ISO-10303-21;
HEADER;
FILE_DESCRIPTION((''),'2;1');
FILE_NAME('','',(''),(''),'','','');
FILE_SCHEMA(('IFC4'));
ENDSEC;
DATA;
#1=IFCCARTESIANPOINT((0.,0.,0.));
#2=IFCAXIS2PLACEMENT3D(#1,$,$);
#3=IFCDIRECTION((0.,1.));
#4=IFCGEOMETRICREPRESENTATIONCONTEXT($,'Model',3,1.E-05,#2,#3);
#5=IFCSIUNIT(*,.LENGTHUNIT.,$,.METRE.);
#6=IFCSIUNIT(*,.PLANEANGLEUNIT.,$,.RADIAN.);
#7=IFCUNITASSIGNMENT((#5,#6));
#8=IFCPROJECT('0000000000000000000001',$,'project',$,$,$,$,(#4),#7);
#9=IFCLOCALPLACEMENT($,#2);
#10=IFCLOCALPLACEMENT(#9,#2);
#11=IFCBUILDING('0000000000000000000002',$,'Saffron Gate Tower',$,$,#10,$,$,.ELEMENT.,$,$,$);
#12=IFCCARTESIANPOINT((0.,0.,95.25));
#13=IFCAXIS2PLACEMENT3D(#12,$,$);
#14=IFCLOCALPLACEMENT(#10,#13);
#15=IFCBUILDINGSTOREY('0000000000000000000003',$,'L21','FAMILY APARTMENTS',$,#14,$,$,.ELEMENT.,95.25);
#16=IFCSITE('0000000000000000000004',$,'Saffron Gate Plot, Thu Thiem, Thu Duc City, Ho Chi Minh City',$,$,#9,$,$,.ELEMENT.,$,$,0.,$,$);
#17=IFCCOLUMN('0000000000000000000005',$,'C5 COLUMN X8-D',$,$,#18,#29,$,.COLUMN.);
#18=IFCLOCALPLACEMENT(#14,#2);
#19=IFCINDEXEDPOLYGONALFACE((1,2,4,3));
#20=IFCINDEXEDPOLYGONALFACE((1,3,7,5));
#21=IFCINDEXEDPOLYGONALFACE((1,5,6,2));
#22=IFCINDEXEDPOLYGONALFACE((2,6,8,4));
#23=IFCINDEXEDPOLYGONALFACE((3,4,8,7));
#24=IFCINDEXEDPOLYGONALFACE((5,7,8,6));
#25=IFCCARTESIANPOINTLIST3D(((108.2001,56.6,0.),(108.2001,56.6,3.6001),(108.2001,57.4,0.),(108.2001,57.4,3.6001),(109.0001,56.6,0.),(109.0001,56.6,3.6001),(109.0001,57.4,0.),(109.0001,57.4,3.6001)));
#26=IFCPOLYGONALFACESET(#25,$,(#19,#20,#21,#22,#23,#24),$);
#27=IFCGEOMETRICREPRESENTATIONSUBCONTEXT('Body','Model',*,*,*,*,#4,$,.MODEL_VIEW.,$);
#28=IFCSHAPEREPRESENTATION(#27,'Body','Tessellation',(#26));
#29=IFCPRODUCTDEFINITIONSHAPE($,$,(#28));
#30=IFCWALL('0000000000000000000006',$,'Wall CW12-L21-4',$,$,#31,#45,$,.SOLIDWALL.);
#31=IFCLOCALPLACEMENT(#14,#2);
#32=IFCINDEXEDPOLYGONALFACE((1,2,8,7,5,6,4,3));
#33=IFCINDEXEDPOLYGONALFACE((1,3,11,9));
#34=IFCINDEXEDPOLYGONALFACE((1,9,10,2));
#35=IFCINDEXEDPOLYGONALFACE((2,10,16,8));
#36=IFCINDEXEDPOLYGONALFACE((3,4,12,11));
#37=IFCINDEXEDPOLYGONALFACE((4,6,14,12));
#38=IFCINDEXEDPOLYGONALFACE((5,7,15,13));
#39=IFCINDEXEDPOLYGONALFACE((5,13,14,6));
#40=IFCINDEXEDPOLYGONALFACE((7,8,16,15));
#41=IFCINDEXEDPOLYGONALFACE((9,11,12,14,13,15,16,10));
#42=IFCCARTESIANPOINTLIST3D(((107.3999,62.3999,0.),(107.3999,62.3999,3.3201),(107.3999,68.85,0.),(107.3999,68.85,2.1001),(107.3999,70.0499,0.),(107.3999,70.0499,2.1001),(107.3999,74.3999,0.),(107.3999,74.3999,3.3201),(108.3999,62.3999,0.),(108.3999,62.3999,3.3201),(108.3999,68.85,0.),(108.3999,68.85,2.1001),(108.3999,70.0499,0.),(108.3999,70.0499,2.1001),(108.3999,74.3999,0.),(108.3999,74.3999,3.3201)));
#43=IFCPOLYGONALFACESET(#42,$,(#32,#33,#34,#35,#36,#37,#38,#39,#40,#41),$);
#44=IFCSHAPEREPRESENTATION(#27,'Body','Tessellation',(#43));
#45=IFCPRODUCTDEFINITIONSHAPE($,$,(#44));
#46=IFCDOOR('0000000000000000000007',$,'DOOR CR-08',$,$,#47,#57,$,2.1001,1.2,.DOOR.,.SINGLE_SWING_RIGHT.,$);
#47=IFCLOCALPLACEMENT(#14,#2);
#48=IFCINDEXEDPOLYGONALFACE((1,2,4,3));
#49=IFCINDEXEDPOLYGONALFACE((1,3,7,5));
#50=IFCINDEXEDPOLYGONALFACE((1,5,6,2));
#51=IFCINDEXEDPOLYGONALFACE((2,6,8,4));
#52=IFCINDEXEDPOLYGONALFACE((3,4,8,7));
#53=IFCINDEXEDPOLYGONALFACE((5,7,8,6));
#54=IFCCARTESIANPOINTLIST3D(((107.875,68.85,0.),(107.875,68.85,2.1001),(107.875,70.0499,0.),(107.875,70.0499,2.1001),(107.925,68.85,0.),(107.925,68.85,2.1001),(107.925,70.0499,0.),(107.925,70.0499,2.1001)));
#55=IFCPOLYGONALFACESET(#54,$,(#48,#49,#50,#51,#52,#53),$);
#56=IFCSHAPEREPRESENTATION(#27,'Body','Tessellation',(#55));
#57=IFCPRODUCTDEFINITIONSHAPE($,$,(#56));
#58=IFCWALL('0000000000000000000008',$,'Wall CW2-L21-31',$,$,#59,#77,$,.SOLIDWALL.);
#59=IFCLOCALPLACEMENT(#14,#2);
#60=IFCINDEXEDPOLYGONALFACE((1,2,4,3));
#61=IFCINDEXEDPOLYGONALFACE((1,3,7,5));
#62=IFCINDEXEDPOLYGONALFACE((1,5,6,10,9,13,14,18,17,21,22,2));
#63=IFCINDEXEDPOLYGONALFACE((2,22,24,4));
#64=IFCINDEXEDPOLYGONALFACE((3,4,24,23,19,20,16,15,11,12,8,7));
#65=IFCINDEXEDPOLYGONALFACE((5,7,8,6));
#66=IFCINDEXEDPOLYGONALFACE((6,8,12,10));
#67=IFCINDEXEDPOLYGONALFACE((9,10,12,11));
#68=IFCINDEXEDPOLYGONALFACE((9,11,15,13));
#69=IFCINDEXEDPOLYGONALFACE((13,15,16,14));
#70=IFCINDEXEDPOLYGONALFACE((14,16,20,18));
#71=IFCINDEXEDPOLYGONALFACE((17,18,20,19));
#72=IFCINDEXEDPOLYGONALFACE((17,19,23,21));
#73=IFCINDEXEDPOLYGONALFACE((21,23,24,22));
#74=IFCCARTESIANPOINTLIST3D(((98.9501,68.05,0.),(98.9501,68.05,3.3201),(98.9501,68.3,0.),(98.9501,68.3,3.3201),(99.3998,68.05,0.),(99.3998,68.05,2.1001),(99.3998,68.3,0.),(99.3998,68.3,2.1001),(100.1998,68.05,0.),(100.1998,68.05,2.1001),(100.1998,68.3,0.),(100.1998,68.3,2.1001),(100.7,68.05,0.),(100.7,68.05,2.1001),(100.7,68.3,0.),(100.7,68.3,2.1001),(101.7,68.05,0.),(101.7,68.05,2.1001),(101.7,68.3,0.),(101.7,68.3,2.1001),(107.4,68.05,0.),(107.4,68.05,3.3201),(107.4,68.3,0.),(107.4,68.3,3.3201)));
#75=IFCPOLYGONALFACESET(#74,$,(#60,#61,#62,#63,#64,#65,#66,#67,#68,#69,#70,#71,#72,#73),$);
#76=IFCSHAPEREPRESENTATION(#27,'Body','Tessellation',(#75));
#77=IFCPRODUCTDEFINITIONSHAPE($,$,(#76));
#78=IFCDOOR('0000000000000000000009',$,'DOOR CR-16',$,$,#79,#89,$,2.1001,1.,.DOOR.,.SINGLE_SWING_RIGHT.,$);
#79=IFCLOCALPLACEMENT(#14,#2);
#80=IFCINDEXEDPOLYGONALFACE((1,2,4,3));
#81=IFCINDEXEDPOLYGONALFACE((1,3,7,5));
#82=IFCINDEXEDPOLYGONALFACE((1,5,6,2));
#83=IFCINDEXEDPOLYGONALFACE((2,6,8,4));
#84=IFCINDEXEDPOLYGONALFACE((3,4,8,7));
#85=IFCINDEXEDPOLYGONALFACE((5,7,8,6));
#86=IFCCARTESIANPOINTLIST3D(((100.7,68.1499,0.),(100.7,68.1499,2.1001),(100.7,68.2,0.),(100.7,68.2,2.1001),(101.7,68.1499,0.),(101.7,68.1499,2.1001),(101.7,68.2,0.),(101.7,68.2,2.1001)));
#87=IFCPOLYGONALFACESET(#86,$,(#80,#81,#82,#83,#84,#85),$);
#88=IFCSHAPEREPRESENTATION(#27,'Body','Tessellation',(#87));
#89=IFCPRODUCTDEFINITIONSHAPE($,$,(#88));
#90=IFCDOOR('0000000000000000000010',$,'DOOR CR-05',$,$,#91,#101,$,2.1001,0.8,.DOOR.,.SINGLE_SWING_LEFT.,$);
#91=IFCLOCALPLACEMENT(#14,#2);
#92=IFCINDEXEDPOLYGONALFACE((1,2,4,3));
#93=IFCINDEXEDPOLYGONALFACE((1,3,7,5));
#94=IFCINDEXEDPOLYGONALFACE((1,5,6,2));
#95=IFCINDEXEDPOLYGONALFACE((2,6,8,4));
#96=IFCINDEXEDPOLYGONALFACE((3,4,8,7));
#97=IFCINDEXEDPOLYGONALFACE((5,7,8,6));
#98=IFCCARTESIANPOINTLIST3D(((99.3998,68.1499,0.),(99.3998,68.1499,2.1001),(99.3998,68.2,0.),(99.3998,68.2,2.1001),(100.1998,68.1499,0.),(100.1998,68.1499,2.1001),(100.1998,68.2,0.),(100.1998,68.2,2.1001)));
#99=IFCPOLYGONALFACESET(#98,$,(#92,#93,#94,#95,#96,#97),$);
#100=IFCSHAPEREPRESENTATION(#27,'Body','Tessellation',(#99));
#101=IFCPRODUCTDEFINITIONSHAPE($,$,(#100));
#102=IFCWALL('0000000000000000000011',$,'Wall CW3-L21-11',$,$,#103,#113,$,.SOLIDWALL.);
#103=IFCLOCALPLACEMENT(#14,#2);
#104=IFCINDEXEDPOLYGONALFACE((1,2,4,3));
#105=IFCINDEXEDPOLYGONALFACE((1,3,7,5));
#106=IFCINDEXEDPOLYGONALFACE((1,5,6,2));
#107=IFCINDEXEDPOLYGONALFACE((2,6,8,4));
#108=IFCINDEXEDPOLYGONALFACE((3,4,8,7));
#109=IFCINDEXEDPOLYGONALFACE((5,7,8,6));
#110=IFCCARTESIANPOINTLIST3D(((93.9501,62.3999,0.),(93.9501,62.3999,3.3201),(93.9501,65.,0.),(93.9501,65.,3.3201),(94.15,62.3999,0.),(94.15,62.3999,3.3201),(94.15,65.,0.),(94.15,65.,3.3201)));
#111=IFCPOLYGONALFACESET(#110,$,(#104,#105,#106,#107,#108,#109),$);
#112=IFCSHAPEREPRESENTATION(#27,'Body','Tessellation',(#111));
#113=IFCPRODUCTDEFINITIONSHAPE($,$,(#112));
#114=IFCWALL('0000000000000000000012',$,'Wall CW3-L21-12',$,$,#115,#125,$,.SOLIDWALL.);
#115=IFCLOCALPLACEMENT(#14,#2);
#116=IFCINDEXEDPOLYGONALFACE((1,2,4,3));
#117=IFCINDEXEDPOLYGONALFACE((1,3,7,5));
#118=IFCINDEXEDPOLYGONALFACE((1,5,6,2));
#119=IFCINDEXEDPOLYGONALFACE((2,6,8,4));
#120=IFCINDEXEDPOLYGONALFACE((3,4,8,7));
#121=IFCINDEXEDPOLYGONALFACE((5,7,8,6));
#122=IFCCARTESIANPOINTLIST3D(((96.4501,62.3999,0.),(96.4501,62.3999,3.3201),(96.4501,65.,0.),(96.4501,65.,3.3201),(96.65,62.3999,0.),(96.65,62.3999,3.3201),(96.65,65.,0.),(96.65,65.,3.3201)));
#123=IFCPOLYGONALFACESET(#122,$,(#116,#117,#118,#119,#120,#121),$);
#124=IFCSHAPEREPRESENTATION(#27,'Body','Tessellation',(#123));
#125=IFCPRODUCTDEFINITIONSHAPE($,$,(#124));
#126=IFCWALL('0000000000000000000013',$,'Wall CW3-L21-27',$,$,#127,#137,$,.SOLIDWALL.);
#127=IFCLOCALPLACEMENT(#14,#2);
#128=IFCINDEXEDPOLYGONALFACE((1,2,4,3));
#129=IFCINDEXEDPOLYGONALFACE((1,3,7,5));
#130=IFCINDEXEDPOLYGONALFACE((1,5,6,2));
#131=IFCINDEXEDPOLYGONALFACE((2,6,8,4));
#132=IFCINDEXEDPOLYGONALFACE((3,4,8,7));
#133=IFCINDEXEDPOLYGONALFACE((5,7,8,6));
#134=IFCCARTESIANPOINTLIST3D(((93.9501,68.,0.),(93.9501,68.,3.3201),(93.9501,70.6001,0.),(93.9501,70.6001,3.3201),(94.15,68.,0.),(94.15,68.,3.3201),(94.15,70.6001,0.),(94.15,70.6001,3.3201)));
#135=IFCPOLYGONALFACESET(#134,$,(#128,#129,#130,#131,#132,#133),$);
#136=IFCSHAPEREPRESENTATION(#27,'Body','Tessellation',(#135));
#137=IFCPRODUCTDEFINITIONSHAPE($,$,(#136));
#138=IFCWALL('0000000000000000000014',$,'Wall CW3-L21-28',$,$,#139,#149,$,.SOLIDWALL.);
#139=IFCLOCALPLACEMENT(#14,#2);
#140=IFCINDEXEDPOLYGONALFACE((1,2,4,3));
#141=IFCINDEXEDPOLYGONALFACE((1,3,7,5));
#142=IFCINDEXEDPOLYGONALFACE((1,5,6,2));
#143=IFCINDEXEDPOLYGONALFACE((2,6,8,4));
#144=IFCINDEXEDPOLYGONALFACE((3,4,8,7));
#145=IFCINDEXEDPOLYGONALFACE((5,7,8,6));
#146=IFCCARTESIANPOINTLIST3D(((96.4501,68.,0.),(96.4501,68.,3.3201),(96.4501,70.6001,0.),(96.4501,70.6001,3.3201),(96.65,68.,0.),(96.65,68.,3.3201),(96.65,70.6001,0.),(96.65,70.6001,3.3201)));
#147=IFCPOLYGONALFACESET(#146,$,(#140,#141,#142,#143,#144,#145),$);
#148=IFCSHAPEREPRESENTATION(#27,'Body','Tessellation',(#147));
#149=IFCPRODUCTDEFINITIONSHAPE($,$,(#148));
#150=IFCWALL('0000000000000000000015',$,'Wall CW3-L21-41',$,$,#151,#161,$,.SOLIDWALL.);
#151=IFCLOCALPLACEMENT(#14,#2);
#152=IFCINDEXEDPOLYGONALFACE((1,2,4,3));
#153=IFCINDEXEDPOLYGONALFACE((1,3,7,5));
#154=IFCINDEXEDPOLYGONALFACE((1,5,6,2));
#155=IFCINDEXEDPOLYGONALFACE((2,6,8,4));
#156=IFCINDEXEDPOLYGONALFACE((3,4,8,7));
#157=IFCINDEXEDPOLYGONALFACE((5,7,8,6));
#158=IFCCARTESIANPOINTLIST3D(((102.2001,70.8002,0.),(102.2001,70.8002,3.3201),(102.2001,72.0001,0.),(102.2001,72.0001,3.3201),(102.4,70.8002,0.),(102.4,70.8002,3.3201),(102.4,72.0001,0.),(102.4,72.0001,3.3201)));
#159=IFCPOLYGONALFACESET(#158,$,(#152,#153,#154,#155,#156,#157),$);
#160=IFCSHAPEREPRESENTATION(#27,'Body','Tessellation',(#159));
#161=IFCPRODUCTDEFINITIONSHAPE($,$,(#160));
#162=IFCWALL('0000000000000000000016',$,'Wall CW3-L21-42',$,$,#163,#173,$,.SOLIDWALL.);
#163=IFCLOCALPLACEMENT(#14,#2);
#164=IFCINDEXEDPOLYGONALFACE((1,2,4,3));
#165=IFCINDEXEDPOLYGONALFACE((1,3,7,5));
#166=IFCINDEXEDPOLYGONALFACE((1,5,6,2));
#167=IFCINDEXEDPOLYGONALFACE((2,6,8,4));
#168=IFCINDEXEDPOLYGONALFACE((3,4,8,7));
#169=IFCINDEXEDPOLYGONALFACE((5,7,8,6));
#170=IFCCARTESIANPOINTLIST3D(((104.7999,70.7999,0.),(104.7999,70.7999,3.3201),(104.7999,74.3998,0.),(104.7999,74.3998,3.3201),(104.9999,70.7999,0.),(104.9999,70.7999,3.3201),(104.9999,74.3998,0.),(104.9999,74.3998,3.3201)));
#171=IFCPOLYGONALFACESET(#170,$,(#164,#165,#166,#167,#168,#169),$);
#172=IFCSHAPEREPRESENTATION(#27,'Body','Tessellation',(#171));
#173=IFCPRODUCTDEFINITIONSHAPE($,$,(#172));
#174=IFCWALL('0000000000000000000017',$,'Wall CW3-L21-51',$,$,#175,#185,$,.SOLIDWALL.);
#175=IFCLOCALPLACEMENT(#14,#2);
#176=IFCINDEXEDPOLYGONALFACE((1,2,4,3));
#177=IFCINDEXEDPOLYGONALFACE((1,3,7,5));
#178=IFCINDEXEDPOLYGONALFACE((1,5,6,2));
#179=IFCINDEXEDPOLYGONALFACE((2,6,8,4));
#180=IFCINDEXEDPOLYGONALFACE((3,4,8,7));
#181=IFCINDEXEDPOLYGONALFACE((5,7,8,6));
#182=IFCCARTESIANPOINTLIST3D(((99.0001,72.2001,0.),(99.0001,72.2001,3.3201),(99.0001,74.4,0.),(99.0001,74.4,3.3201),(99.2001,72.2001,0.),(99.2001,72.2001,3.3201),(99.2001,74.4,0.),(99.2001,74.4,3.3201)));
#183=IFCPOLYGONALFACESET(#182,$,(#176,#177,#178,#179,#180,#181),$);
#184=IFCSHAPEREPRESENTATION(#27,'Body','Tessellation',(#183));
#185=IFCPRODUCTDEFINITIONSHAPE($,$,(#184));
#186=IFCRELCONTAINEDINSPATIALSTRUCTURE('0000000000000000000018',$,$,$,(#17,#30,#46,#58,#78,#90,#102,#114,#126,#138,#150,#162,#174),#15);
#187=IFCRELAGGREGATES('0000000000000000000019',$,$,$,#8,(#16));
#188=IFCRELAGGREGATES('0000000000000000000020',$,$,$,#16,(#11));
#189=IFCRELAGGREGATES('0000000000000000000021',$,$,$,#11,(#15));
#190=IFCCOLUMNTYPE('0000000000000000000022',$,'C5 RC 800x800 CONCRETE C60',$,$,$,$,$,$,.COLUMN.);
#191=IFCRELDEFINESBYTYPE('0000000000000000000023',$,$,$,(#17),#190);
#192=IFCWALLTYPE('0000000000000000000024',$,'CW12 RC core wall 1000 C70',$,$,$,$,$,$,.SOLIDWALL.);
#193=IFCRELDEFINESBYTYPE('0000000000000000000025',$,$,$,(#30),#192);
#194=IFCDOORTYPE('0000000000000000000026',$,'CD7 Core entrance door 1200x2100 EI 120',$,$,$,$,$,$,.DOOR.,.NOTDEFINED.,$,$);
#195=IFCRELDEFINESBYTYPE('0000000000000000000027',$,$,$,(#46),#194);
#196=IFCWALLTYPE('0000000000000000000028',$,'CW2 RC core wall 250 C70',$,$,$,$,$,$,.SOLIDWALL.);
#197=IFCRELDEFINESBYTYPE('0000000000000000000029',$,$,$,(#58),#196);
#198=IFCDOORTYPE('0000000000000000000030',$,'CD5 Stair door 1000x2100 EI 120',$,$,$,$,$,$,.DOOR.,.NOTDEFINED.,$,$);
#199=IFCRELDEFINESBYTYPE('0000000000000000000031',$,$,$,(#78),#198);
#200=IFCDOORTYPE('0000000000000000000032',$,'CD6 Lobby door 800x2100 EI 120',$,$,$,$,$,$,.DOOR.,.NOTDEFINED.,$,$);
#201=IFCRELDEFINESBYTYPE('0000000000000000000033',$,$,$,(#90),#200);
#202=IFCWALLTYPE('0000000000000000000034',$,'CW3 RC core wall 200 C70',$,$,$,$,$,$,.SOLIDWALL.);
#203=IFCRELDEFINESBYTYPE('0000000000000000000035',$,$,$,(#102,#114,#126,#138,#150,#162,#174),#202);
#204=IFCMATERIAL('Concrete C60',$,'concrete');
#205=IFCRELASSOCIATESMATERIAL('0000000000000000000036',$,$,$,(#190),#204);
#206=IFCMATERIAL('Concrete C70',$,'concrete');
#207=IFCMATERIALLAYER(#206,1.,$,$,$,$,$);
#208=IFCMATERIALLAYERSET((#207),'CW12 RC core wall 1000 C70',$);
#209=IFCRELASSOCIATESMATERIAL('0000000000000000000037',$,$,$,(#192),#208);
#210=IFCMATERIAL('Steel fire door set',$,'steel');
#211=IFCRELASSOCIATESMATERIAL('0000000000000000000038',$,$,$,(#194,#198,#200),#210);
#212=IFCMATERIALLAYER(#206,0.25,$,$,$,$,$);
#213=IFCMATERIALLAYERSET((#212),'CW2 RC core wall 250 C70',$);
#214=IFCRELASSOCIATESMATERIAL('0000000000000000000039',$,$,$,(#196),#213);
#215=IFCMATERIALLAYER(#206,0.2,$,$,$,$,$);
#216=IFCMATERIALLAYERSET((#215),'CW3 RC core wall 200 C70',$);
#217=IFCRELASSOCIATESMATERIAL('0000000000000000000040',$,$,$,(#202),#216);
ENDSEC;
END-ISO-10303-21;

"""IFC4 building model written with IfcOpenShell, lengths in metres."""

from ifc_helpers import new_model, si_unit, direction, frame, frame_2d, origin, origin_2d, place, context, subcontext, project, spatial, rectangle, extrude, material, layer, layer_set, material_profile, profile_set, type_object, element, fill, save


model = new_model("IFC4")

# Units and contexts
model_context = context("Model", 3, precision=1e-05, world=origin(), true_north=direction((0.0, 1.0)))
body_context = subcontext(model_context, "Body", "Model", "MODEL_VIEW")
ifc_project = project(units=[si_unit("LENGTHUNIT", "METRE"), si_unit("PLANEANGLEUNIT", "RADIAN")], contexts=[model_context])

# Site, building, storey
site_placement = place(None, origin())
site = spatial("IfcSite", under=ifc_project, at=site_placement, Name="Saffron Gate Plot, Thu Thiem, Thu Duc City, Ho Chi Minh City", CompositionType="ELEMENT", RefElevation=0.0)
building_placement = place(site_placement, origin())
building = spatial("IfcBuilding", under=site, at=building_placement, Name="Saffron Gate Tower", CompositionType="ELEMENT")
storey_placement = place(building_placement, frame((0.0, 0.0, 95.25)))
storey = spatial("IfcBuildingStorey", under=building, at=storey_placement, Name="L21", Description="FAMILY APARTMENTS", CompositionType="ELEMENT", Elevation=95.25)

# Column
ifc_material_1 = material(Name="Concrete C60", Category="concrete")
ifc_material_profile = material_profile(ifc_material_1, rectangle(XDim=0.8, YDim=0.8, at=origin_2d()))
ifc_profile_set = profile_set([ifc_material_profile], Name="Concrete C60")
column_type = type_object("IfcColumnType", Name="C5 RC 800x800 CONCRETE C60", PredefinedType="COLUMN", material=ifc_profile_set)
column_placement = place(storey_placement, frame((108.6001, 57.0, 0.0), z_axis=(0.0, 0.0, 1.0), x_axis=(1.0, 0.0, 0.0)))
element("IfcColumn", 1, at=column_placement, inside=storey, type_object=column_type, Name="C5 COLUMN X8-D", PredefinedType="COLUMN", context=body_context, shape_type="SweptSolid", body=[
    extrude(rectangle(XDim=0.8, YDim=0.8, at=origin_2d()), origin(), (0.0, 0.0, 1.0), 3.6001),
])

# Wall, opening, door
ifc_material_2 = material(Name="Concrete C70", Category="concrete")
ifc_layer_1 = layer(ifc_material_2, 1.0)
ifc_layer_set_1 = layer_set([ifc_layer_1], Name="CW12 RC core wall 1000 C70")
wall_type_1 = type_object("IfcWallType", Name="CW12 RC core wall 1000 C70", PredefinedType="SOLIDWALL", material=ifc_layer_set_1)
wall_1_placement = place(storey_placement, frame((107.8999, 62.3999, 0.0), z_axis=(0.0, 0.0, 1.0), x_axis=(0.0, 1.0, 0.0)))
wall_1 = element("IfcWall", 2, at=wall_1_placement, inside=storey, type_object=wall_type_1, Name="Wall CW12-L21-4", PredefinedType="SOLIDWALL", context=body_context, shape_type="SweptSolid", body=[
    extrude(rectangle(XDim=12.0, YDim=1.0, at=frame_2d((6.0, 0.0))), origin(), (0.0, 0.0, 1.0), 3.3201),
])
opening_1_placement = place(wall_1_placement, frame((6.45, 0.0, 0.0)))
opening_1 = element("IfcOpeningElement", 3, at=opening_1_placement, cuts=wall_1, PredefinedType="OPENING", context=body_context, shape_type="SweptSolid", body=[
    extrude(rectangle(XDim=1.2, YDim=2.1001, at=frame_2d((0.6001, 1.05))), frame((0.0, 0.51, 0.0), z_axis=(0.0, -1.0, 0.0), x_axis=(1.0, 0.0, 0.0)), (0.0, 0.0, 1.0), 1.02),
])
ifc_material_3 = material(Name="Steel fire door set", Category="steel")
door_type_1 = type_object("IfcDoorType", Name="CD7 Core entrance door 1200x2100 EI 120", OperationType="NOTDEFINED", PredefinedType="DOOR", material=ifc_material_3)
door_1_placement = place(opening_1_placement, origin())
door_1 = element("IfcDoor", 4, at=door_1_placement, inside=storey, type_object=door_type_1, Name="DOOR CR-08", OperationType="SINGLE_SWING_RIGHT", OverallHeight=2.1001, OverallWidth=1.2, PredefinedType="DOOR", context=body_context, shape_type="SweptSolid", body=[
    extrude(rectangle(XDim=1.2, YDim=2.1001, at=frame_2d((0.6001, 1.05))), frame((0.0, 0.0249, 0.0), z_axis=(0.0, -1.0, 0.0), x_axis=(1.0, 0.0, 0.0)), (0.0, 0.0, 1.0), 0.05),
])
fill(opening_1, door_1)

# Wall, openings, doors
ifc_layer_2 = layer(ifc_material_2, 0.25)
ifc_layer_set_2 = layer_set([ifc_layer_2], Name="CW2 RC core wall 250 C70")
wall_type_2 = type_object("IfcWallType", Name="CW2 RC core wall 250 C70", PredefinedType="SOLIDWALL", material=ifc_layer_set_2)
wall_2_placement = place(storey_placement, frame((98.95, 68.175, 0.0), z_axis=(0.0, 0.0, 1.0), x_axis=(1.0, 0.0, 0.0)))
wall_2 = element("IfcWall", 5, at=wall_2_placement, inside=storey, type_object=wall_type_2, Name="Wall CW2-L21-31", PredefinedType="SOLIDWALL", context=body_context, shape_type="SweptSolid", body=[
    extrude(rectangle(XDim=8.45, YDim=0.25, at=frame_2d((4.2251, 0.0))), origin(), (0.0, 0.0, 1.0), 3.3201),
])
opening_2_placement = place(wall_2_placement, frame((0.45, 0.0, 0.0)))
opening_2 = element("IfcOpeningElement", 6, at=opening_2_placement, cuts=wall_2, PredefinedType="OPENING", context=body_context, shape_type="SweptSolid", body=[
    extrude(rectangle(XDim=0.8, YDim=2.1001, at=frame_2d((0.3999, 1.05))), frame((0.0, 0.135, 0.0), z_axis=(0.0, -1.0, 0.0), x_axis=(1.0, 0.0, 0.0)), (0.0, 0.0, 1.0), 0.27),
])
opening_3_placement = place(wall_2_placement, frame((1.75, 0.0, 0.0)))
opening_3 = element("IfcOpeningElement", 7, at=opening_3_placement, cuts=wall_2, PredefinedType="OPENING", context=body_context, shape_type="SweptSolid", body=[
    extrude(rectangle(XDim=1.0, YDim=2.1001, at=frame_2d((0.5, 1.05))), frame((0.0, 0.135, 0.0), z_axis=(0.0, -1.0, 0.0), x_axis=(1.0, 0.0, 0.0)), (0.0, 0.0, 1.0), 0.27),
])
door_type_2 = type_object("IfcDoorType", Name="CD5 Stair door 1000x2100 EI 120", OperationType="NOTDEFINED", PredefinedType="DOOR", material=ifc_material_3)
door_2_placement = place(opening_3_placement, origin())
door_2 = element("IfcDoor", 8, at=door_2_placement, inside=storey, type_object=door_type_2, Name="DOOR CR-16", OperationType="SINGLE_SWING_RIGHT", OverallHeight=2.1001, OverallWidth=1.0, PredefinedType="DOOR", context=body_context, shape_type="SweptSolid", body=[
    extrude(rectangle(XDim=1.0, YDim=2.1001, at=frame_2d((0.5, 1.05))), frame((0.0, 0.0249, 0.0), z_axis=(0.0, -1.0, 0.0), x_axis=(1.0, 0.0, 0.0)), (0.0, 0.0, 1.0), 0.05),
])
fill(opening_3, door_2)
door_type_3 = type_object("IfcDoorType", Name="CD6 Lobby door 800x2100 EI 120", OperationType="NOTDEFINED", PredefinedType="DOOR", material=ifc_material_3)
door_3_placement = place(opening_2_placement, origin())
door_3 = element("IfcDoor", 9, at=door_3_placement, inside=storey, type_object=door_type_3, Name="DOOR CR-05", OperationType="SINGLE_SWING_LEFT", OverallHeight=2.1001, OverallWidth=0.8, PredefinedType="DOOR", context=body_context, shape_type="SweptSolid", body=[
    extrude(rectangle(XDim=0.8, YDim=2.1001, at=frame_2d((0.3999, 1.05))), frame((0.0, 0.0249, 0.0), z_axis=(0.0, -1.0, 0.0), x_axis=(1.0, 0.0, 0.0)), (0.0, 0.0, 1.0), 0.05),
])
fill(opening_2, door_3)

# Walls
ifc_layer_3 = layer(ifc_material_2, 0.2)
ifc_layer_set_3 = layer_set([ifc_layer_3], Name="CW3 RC core wall 200 C70")
wall_type_3 = type_object("IfcWallType", Name="CW3 RC core wall 200 C70", PredefinedType="SOLIDWALL", material=ifc_layer_set_3)
for number, where, z_axis, x_axis, name in (
    (10, (94.05, 62.3999, 0.0), (0.0, 0.0, 1.0), (0.0, 1.0, 0.0), "Wall CW3-L21-11"),
    (11, (96.55, 62.3999, 0.0), (0.0, 0.0, 1.0), (0.0, 1.0, 0.0), "Wall CW3-L21-12"),
    (12, (94.05, 68.0, 0.0), (0.0, 0.0, 1.0), (0.0, 1.0, 0.0), "Wall CW3-L21-27"),
    (13, (96.55, 68.0, 0.0), (0.0, 0.0, 1.0), (0.0, 1.0, 0.0), "Wall CW3-L21-28"),
):
    element("IfcWall", number, at=place(storey_placement, frame(where, z_axis=z_axis, x_axis=x_axis)), inside=storey, type_object=wall_type_3, Name=name, PredefinedType="SOLIDWALL", context=body_context, shape_type="SweptSolid", body=[
        extrude(rectangle(XDim=2.6001, YDim=0.2, at=frame_2d((1.3, 0.0))), origin(), (0.0, 0.0, 1.0), 3.3201),
    ])
wall_3_placement = place(storey_placement, frame((102.3, 70.8, 0.0), z_axis=(0.0, 0.0, 1.0), x_axis=(0.0, 1.0, 0.0)))
element("IfcWall", 14, at=wall_3_placement, inside=storey, type_object=wall_type_3, Name="Wall CW3-L21-41", PredefinedType="SOLIDWALL", context=body_context, shape_type="SweptSolid", body=[
    extrude(rectangle(XDim=1.2, YDim=0.2, at=frame_2d((0.6001, 0.0))), origin(), (0.0, 0.0, 1.0), 3.3201),
])
wall_4_placement = place(storey_placement, frame((104.8999, 70.8, 0.0), z_axis=(0.0, 0.0, 1.0), x_axis=(0.0, 1.0, 0.0)))
element("IfcWall", 15, at=wall_4_placement, inside=storey, type_object=wall_type_3, Name="Wall CW3-L21-42", PredefinedType="SOLIDWALL", context=body_context, shape_type="SweptSolid", body=[
    extrude(rectangle(XDim=3.5999, YDim=0.2, at=frame_2d((1.7998, 0.0))), origin(), (0.0, 0.0, 1.0), 3.3201),
])
for number, where, z_axis, x_axis, name in (
    (16, (99.1001, 72.2, 0.0), (0.0, 0.0, 1.0), (0.0, 1.0, 0.0), "Wall CW3-L21-51"),
):
    element("IfcWall", number, at=place(storey_placement, frame(where, z_axis=z_axis, x_axis=x_axis)), inside=storey, type_object=wall_type_3, Name=name, PredefinedType="SOLIDWALL", context=body_context, shape_type="SweptSolid", body=[
        extrude(rectangle(XDim=2.2, YDim=0.2, at=frame_2d((1.1001, 0.0))), origin(), (0.0, 0.0, 1.0), 3.3201),
    ])

save(model, "model.ifc")
